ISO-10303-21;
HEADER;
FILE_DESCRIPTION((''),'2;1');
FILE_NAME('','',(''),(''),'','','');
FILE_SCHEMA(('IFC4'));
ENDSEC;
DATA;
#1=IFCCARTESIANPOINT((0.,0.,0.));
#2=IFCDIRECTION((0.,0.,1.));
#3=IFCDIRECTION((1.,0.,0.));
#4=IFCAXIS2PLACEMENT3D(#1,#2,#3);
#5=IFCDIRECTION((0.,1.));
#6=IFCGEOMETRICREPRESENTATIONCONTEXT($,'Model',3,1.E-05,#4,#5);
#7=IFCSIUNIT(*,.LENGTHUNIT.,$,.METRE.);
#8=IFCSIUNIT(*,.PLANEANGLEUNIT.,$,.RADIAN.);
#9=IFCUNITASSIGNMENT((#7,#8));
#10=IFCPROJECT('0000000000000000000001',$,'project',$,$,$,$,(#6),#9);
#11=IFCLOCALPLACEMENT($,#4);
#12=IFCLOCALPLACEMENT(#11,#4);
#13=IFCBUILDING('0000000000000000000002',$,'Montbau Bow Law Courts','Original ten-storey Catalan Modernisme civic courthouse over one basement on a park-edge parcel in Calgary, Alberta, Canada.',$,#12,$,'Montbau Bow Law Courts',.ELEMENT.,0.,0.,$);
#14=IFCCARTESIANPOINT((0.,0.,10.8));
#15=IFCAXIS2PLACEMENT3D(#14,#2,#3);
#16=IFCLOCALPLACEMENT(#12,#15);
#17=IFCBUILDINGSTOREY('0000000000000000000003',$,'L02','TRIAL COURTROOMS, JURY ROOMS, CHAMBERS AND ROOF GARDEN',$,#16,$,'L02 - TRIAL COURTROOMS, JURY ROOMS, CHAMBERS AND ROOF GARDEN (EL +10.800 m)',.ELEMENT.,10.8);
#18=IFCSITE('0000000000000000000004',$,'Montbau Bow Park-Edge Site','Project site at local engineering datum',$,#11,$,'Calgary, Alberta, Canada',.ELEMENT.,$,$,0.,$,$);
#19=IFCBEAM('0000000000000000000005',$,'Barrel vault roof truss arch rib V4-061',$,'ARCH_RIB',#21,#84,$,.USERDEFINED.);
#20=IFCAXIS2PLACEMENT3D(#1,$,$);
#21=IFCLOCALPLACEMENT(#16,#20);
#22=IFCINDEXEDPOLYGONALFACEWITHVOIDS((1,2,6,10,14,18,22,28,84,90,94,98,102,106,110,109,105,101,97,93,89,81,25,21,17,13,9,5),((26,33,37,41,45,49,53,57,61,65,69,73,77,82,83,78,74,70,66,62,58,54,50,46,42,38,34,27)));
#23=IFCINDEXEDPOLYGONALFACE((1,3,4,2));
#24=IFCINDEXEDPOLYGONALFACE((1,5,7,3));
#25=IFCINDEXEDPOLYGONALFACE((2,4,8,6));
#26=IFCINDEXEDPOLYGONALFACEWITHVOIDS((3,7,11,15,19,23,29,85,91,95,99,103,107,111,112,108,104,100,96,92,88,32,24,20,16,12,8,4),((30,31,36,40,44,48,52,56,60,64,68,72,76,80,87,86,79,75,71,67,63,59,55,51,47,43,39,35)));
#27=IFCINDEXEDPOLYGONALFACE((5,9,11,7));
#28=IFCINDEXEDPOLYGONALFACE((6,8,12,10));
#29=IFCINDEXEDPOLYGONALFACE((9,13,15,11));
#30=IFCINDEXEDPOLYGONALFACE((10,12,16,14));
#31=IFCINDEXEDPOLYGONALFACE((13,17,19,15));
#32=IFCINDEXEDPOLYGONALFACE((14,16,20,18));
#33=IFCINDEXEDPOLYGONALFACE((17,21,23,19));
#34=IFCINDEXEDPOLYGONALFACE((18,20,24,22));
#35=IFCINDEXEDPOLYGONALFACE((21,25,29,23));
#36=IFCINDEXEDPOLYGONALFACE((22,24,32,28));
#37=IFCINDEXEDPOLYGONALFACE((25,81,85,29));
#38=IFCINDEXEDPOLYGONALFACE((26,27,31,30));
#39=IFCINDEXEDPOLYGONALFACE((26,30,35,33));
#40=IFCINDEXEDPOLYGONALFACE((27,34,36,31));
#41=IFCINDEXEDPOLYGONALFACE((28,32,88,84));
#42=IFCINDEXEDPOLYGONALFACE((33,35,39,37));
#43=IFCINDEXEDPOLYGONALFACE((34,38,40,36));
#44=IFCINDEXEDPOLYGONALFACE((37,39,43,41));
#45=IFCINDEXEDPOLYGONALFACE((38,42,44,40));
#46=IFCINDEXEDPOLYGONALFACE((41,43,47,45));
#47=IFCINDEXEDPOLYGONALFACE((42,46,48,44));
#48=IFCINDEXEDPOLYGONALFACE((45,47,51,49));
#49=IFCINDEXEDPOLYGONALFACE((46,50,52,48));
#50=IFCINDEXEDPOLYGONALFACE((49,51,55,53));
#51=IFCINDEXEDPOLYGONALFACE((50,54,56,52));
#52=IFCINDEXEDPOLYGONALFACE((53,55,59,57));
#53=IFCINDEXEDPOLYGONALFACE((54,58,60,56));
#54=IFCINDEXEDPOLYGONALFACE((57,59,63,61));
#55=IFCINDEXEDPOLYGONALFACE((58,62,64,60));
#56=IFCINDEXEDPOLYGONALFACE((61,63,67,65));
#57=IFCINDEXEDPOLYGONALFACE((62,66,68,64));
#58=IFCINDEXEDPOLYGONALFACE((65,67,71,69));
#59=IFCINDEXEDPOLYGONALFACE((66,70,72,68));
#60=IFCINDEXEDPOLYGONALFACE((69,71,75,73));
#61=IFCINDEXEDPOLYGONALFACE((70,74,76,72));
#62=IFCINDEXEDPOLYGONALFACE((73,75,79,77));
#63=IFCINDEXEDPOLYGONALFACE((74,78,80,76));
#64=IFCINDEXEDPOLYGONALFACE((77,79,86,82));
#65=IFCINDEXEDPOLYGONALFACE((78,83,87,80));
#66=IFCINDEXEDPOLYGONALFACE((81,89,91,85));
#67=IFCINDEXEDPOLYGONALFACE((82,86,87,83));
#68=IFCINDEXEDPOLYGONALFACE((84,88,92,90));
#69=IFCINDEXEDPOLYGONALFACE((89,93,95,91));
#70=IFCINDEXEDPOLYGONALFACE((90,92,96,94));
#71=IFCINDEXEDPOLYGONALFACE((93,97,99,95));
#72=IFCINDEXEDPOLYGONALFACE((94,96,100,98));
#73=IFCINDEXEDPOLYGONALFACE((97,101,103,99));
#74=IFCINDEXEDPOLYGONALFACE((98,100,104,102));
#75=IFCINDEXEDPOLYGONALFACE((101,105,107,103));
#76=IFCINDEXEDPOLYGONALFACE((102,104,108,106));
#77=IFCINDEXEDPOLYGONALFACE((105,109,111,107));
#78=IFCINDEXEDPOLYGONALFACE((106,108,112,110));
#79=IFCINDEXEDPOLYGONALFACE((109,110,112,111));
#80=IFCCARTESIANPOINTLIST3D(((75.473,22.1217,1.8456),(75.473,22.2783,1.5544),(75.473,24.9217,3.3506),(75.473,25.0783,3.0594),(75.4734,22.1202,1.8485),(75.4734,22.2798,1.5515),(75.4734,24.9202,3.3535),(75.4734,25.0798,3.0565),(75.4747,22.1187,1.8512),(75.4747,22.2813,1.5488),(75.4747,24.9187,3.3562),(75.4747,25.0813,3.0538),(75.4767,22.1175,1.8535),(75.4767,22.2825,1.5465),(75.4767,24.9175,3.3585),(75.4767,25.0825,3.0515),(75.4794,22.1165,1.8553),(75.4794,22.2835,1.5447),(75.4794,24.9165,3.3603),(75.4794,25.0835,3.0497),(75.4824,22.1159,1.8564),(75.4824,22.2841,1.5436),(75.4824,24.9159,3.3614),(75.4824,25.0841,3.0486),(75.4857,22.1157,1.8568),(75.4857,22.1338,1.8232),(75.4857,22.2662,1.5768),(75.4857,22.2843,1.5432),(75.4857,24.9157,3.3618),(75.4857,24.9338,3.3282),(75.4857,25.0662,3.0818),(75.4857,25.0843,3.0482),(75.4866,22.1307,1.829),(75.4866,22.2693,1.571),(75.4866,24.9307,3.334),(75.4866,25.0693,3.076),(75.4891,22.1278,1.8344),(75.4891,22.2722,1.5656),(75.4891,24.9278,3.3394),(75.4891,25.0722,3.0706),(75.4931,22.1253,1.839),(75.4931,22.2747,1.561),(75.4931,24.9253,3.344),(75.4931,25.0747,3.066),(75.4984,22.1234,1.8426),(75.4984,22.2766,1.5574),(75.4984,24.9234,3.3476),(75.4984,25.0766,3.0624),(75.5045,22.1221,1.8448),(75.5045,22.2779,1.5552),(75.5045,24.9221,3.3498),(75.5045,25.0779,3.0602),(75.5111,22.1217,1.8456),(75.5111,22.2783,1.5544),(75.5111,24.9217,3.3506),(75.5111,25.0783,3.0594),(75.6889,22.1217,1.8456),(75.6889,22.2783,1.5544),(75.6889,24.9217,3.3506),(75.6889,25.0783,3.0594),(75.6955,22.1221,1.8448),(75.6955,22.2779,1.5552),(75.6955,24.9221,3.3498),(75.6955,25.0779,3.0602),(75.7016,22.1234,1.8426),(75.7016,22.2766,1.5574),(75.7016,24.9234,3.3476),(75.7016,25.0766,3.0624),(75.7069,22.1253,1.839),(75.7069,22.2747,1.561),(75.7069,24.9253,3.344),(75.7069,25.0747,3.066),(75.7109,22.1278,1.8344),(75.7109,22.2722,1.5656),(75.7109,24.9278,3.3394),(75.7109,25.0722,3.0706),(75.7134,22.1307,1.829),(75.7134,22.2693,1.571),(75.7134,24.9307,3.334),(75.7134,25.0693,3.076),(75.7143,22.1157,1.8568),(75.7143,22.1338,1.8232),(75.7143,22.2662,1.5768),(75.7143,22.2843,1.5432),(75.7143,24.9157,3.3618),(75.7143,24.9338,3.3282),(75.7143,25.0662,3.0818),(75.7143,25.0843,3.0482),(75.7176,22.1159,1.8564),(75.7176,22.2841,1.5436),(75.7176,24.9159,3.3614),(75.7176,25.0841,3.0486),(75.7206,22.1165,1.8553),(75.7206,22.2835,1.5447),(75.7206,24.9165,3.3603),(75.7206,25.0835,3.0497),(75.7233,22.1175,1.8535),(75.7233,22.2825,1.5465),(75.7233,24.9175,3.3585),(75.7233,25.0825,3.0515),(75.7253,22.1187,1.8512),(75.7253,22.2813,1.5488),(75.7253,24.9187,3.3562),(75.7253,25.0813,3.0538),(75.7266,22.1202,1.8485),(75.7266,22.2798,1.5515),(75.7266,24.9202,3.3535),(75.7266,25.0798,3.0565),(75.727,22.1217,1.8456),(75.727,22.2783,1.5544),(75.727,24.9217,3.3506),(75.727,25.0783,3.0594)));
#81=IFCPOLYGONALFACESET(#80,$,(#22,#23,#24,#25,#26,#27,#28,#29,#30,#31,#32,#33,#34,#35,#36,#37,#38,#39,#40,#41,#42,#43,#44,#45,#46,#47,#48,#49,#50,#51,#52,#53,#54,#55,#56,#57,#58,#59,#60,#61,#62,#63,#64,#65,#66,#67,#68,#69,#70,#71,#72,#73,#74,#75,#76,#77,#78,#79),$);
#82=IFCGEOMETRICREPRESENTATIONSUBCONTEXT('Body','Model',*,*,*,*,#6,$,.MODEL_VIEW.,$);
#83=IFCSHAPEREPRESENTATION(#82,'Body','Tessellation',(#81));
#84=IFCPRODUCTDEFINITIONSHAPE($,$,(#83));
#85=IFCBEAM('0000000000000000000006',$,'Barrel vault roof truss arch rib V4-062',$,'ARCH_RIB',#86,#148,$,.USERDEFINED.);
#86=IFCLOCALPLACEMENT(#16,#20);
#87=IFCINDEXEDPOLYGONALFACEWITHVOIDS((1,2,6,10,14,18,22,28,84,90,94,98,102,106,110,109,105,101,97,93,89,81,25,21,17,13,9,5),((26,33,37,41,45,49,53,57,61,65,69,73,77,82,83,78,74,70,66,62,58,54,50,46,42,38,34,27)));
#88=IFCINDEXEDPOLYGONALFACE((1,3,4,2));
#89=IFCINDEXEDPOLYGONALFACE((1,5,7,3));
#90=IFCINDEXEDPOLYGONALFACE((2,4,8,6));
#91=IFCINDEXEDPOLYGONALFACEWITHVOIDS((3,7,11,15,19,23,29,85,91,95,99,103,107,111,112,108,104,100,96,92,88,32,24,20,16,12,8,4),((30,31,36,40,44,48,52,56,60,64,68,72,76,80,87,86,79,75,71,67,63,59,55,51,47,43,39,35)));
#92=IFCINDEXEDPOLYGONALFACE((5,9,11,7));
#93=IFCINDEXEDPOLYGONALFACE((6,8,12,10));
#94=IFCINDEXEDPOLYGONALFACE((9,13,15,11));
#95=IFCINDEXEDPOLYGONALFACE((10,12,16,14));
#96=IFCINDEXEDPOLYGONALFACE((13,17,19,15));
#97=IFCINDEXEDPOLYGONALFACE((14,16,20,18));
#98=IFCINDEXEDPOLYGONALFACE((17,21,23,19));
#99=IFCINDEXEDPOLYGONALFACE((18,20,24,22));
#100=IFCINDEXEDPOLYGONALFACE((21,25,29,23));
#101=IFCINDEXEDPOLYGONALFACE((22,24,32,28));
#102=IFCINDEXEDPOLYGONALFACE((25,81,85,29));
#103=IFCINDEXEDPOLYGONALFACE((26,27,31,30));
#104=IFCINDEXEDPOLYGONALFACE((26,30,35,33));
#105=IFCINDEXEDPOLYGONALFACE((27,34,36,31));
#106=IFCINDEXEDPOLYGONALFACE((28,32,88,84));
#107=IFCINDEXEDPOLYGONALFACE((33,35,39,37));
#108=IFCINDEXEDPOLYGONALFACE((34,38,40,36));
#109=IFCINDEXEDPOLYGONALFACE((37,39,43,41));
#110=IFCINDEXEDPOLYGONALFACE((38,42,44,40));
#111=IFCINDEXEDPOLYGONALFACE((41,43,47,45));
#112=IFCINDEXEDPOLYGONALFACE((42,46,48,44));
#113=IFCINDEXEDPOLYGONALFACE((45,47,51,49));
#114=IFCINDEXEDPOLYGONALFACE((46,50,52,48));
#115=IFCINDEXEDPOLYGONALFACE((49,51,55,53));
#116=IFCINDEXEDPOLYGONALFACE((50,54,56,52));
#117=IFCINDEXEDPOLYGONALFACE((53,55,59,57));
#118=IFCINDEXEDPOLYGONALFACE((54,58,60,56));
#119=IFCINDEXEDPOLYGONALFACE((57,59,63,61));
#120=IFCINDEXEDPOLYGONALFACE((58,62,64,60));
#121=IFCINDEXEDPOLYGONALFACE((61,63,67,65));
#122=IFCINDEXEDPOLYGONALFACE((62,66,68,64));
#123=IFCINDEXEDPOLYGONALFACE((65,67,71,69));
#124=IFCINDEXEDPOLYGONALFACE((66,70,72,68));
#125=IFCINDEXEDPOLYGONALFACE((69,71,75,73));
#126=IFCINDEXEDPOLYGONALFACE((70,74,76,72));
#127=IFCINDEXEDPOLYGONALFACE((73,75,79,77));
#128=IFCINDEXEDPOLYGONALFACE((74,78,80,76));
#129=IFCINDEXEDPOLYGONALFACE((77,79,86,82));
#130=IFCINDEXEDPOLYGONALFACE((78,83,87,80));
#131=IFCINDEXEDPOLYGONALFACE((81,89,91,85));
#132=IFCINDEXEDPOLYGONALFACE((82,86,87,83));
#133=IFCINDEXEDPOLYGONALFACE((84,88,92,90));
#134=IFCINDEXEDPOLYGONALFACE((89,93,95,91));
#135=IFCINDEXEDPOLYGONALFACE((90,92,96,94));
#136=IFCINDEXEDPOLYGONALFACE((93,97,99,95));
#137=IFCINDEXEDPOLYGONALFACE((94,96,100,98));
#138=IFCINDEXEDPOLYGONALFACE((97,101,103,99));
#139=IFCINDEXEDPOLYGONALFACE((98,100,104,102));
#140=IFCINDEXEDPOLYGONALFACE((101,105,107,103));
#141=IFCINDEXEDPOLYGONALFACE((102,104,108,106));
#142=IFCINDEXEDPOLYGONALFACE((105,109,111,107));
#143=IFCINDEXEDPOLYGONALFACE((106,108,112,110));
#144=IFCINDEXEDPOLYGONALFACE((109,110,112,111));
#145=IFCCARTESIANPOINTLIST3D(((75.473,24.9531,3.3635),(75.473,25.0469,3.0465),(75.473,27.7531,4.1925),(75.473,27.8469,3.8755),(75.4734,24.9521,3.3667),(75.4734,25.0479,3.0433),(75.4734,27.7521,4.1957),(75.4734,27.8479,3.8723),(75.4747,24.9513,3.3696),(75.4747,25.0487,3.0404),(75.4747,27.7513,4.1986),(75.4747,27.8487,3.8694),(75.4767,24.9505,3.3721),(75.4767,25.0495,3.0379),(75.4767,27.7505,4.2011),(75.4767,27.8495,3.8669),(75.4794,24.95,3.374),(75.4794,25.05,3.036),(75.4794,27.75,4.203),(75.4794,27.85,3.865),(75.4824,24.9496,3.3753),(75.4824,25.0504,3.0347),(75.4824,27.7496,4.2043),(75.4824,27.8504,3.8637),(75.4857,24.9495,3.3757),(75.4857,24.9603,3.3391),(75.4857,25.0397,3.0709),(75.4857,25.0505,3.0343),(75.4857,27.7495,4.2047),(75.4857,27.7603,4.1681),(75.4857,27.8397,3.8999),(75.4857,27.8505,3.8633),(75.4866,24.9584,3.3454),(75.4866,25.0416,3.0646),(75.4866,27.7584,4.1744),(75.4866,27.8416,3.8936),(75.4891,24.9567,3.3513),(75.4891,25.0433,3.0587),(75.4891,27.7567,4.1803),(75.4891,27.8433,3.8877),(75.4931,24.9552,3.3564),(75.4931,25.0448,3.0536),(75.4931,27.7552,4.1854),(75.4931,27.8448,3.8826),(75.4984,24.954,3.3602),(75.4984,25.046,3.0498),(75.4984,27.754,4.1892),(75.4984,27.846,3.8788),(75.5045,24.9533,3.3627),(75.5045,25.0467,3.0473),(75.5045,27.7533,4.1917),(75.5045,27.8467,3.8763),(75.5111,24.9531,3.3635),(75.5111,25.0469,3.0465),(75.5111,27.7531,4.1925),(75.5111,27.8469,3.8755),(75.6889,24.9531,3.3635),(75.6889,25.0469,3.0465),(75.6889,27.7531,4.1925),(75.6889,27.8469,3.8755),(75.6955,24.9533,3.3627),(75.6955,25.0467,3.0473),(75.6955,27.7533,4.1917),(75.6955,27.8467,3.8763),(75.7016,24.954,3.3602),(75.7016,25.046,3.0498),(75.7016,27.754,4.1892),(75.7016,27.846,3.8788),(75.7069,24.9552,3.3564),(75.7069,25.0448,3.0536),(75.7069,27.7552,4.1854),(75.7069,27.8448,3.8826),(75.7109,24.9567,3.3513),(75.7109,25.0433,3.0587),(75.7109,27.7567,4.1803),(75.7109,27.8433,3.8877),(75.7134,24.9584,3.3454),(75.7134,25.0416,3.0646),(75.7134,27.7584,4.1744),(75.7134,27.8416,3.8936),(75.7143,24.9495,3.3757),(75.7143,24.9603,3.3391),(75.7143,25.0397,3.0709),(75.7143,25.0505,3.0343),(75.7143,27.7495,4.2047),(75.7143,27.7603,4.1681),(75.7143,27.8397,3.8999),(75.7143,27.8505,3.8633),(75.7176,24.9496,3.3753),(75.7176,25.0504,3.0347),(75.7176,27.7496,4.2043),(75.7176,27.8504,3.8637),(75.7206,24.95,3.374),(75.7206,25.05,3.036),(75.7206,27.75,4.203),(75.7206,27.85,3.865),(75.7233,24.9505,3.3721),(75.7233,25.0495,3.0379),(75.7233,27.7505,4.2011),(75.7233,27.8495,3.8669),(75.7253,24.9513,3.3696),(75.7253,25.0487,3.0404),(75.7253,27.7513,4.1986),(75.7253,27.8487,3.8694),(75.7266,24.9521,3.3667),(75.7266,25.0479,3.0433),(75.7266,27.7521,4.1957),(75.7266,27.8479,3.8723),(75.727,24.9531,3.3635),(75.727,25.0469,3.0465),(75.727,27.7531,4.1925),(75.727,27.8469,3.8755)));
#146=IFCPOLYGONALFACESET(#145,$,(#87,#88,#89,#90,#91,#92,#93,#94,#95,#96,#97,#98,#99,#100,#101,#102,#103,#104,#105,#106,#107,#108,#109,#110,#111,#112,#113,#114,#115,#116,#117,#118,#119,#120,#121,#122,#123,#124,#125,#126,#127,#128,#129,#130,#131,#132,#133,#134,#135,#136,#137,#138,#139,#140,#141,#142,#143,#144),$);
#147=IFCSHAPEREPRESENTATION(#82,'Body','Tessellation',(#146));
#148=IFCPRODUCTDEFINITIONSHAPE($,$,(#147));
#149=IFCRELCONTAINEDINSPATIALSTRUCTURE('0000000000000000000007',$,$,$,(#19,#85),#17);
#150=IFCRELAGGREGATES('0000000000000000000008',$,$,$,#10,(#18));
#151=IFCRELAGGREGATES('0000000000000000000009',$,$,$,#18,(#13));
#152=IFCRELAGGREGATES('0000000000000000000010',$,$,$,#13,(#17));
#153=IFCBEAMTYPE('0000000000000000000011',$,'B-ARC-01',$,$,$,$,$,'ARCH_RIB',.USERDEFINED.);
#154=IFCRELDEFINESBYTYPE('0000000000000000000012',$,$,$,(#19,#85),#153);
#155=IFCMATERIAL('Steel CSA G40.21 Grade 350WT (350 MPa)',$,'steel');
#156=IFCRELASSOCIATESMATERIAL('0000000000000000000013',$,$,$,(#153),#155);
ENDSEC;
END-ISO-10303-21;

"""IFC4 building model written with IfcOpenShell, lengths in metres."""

from ifc_helpers import new_model, si_unit, direction, frame, origin_with_axes, origin_2d_with_axis, place, context, subcontext, project, spatial, hollow_rectangle, extrude, material, material_profile, profile_set, type_object, element, save


model = new_model("IFC4")

# Units and contexts
model_context = context("Model", 3, precision=1e-05, world=origin_with_axes(), true_north=direction((0.0, 1.0)))
body_context = subcontext(model_context, "Body", "Model", "MODEL_VIEW")
ifc_project = project(units=[si_unit("LENGTHUNIT", "METRE"), si_unit("PLANEANGLEUNIT", "RADIAN")], contexts=[model_context])

# Site, building, storey
site_placement = place(None, origin_with_axes())
site = spatial("IfcSite", under=ifc_project, at=site_placement, Name="Montbau Bow Park-Edge Site", Description="Project site at local engineering datum", LongName="Calgary, Alberta, Canada", CompositionType="ELEMENT", RefElevation=0.0)
building_placement = place(site_placement, origin_with_axes())
building = spatial("IfcBuilding", under=site, at=building_placement, Name="Montbau Bow Law Courts", Description="Original ten-storey Catalan Modernisme civic courthouse over one basement on a park-edge parcel in Calgary, Alberta, Canada.", LongName="Montbau Bow Law Courts", CompositionType="ELEMENT", ElevationOfRefHeight=0.0, ElevationOfTerrain=0.0)
storey_placement = place(building_placement, frame((0.0, 0.0, 10.8), z_axis=(0.0, 0.0, 1.0), x_axis=(1.0, 0.0, 0.0)))
storey = spatial("IfcBuildingStorey", under=building, at=storey_placement, Name="L02", Description="TRIAL COURTROOMS, JURY ROOMS, CHAMBERS AND ROOF GARDEN", LongName="L02 - TRIAL COURTROOMS, JURY ROOMS, CHAMBERS AND ROOF GARDEN (EL +10.800 m)", CompositionType="ELEMENT", Elevation=10.8)

# Beams
ifc_material_1 = material(Name="Steel CSA G40.21 Grade 350WT (350 MPa)", Category="steel")
ifc_material_profile_1 = material_profile(ifc_material_1, hollow_rectangle(XDim=0.254, YDim=0.356, WallThickness=0.0127, InnerFilletRadius=0.0254, OuterFilletRadius=0.0127, at=origin_2d_with_axis()), Name="HSS356X254X13", Category="Main", Priority=0)
ifc_profile_set_1 = profile_set([ifc_material_profile_1], Name="Steel CSA G40.21 Grade 350WT (350 MPa)")
beam_type_1 = type_object("IfcBeamType", Name="B-ARC-01", ElementType="ARCH_RIB", PredefinedType="USERDEFINED", material=ifc_profile_set_1)
beam_1_placement = place(None, frame((75.6, 22.2, 12.5), z_axis=(0.0, 0.880824, 0.473443), x_axis=(-1.0, 0.0, 0.0)))
element("IfcBeam", 1, at=beam_1_placement, inside=storey, type_object=beam_type_1, Name="Barrel vault roof truss arch rib V4-061", ObjectType="ARCH_RIB", PredefinedType="USERDEFINED", context=body_context, shape_type="SweptSolid", body=[
    extrude(hollow_rectangle(XDim=0.254, YDim=0.356, WallThickness=0.0127, InnerFilletRadius=0.0254, OuterFilletRadius=0.0127, at=origin_2d_with_axis()), origin_with_axes(), (0.0, 0.0, 1.0), 3.1788),
])
beam_2_placement = place(None, frame((75.6, 25.0, 14.005), z_axis=(0.0, 0.958857, 0.28389), x_axis=(-1.0, 0.0, 0.0)))
element("IfcBeam", 2, at=beam_2_placement, inside=storey, type_object=beam_type_1, Name="Barrel vault roof truss arch rib V4-062", ObjectType="ARCH_RIB", PredefinedType="USERDEFINED", context=body_context, shape_type="SweptSolid", body=[
    extrude(hollow_rectangle(XDim=0.254, YDim=0.356, WallThickness=0.0127, InnerFilletRadius=0.0254, OuterFilletRadius=0.0127, at=origin_2d_with_axis()), origin_with_axes(), (0.0, 0.0, 1.0), 2.9201),
])

save(model, "model.ifc")
